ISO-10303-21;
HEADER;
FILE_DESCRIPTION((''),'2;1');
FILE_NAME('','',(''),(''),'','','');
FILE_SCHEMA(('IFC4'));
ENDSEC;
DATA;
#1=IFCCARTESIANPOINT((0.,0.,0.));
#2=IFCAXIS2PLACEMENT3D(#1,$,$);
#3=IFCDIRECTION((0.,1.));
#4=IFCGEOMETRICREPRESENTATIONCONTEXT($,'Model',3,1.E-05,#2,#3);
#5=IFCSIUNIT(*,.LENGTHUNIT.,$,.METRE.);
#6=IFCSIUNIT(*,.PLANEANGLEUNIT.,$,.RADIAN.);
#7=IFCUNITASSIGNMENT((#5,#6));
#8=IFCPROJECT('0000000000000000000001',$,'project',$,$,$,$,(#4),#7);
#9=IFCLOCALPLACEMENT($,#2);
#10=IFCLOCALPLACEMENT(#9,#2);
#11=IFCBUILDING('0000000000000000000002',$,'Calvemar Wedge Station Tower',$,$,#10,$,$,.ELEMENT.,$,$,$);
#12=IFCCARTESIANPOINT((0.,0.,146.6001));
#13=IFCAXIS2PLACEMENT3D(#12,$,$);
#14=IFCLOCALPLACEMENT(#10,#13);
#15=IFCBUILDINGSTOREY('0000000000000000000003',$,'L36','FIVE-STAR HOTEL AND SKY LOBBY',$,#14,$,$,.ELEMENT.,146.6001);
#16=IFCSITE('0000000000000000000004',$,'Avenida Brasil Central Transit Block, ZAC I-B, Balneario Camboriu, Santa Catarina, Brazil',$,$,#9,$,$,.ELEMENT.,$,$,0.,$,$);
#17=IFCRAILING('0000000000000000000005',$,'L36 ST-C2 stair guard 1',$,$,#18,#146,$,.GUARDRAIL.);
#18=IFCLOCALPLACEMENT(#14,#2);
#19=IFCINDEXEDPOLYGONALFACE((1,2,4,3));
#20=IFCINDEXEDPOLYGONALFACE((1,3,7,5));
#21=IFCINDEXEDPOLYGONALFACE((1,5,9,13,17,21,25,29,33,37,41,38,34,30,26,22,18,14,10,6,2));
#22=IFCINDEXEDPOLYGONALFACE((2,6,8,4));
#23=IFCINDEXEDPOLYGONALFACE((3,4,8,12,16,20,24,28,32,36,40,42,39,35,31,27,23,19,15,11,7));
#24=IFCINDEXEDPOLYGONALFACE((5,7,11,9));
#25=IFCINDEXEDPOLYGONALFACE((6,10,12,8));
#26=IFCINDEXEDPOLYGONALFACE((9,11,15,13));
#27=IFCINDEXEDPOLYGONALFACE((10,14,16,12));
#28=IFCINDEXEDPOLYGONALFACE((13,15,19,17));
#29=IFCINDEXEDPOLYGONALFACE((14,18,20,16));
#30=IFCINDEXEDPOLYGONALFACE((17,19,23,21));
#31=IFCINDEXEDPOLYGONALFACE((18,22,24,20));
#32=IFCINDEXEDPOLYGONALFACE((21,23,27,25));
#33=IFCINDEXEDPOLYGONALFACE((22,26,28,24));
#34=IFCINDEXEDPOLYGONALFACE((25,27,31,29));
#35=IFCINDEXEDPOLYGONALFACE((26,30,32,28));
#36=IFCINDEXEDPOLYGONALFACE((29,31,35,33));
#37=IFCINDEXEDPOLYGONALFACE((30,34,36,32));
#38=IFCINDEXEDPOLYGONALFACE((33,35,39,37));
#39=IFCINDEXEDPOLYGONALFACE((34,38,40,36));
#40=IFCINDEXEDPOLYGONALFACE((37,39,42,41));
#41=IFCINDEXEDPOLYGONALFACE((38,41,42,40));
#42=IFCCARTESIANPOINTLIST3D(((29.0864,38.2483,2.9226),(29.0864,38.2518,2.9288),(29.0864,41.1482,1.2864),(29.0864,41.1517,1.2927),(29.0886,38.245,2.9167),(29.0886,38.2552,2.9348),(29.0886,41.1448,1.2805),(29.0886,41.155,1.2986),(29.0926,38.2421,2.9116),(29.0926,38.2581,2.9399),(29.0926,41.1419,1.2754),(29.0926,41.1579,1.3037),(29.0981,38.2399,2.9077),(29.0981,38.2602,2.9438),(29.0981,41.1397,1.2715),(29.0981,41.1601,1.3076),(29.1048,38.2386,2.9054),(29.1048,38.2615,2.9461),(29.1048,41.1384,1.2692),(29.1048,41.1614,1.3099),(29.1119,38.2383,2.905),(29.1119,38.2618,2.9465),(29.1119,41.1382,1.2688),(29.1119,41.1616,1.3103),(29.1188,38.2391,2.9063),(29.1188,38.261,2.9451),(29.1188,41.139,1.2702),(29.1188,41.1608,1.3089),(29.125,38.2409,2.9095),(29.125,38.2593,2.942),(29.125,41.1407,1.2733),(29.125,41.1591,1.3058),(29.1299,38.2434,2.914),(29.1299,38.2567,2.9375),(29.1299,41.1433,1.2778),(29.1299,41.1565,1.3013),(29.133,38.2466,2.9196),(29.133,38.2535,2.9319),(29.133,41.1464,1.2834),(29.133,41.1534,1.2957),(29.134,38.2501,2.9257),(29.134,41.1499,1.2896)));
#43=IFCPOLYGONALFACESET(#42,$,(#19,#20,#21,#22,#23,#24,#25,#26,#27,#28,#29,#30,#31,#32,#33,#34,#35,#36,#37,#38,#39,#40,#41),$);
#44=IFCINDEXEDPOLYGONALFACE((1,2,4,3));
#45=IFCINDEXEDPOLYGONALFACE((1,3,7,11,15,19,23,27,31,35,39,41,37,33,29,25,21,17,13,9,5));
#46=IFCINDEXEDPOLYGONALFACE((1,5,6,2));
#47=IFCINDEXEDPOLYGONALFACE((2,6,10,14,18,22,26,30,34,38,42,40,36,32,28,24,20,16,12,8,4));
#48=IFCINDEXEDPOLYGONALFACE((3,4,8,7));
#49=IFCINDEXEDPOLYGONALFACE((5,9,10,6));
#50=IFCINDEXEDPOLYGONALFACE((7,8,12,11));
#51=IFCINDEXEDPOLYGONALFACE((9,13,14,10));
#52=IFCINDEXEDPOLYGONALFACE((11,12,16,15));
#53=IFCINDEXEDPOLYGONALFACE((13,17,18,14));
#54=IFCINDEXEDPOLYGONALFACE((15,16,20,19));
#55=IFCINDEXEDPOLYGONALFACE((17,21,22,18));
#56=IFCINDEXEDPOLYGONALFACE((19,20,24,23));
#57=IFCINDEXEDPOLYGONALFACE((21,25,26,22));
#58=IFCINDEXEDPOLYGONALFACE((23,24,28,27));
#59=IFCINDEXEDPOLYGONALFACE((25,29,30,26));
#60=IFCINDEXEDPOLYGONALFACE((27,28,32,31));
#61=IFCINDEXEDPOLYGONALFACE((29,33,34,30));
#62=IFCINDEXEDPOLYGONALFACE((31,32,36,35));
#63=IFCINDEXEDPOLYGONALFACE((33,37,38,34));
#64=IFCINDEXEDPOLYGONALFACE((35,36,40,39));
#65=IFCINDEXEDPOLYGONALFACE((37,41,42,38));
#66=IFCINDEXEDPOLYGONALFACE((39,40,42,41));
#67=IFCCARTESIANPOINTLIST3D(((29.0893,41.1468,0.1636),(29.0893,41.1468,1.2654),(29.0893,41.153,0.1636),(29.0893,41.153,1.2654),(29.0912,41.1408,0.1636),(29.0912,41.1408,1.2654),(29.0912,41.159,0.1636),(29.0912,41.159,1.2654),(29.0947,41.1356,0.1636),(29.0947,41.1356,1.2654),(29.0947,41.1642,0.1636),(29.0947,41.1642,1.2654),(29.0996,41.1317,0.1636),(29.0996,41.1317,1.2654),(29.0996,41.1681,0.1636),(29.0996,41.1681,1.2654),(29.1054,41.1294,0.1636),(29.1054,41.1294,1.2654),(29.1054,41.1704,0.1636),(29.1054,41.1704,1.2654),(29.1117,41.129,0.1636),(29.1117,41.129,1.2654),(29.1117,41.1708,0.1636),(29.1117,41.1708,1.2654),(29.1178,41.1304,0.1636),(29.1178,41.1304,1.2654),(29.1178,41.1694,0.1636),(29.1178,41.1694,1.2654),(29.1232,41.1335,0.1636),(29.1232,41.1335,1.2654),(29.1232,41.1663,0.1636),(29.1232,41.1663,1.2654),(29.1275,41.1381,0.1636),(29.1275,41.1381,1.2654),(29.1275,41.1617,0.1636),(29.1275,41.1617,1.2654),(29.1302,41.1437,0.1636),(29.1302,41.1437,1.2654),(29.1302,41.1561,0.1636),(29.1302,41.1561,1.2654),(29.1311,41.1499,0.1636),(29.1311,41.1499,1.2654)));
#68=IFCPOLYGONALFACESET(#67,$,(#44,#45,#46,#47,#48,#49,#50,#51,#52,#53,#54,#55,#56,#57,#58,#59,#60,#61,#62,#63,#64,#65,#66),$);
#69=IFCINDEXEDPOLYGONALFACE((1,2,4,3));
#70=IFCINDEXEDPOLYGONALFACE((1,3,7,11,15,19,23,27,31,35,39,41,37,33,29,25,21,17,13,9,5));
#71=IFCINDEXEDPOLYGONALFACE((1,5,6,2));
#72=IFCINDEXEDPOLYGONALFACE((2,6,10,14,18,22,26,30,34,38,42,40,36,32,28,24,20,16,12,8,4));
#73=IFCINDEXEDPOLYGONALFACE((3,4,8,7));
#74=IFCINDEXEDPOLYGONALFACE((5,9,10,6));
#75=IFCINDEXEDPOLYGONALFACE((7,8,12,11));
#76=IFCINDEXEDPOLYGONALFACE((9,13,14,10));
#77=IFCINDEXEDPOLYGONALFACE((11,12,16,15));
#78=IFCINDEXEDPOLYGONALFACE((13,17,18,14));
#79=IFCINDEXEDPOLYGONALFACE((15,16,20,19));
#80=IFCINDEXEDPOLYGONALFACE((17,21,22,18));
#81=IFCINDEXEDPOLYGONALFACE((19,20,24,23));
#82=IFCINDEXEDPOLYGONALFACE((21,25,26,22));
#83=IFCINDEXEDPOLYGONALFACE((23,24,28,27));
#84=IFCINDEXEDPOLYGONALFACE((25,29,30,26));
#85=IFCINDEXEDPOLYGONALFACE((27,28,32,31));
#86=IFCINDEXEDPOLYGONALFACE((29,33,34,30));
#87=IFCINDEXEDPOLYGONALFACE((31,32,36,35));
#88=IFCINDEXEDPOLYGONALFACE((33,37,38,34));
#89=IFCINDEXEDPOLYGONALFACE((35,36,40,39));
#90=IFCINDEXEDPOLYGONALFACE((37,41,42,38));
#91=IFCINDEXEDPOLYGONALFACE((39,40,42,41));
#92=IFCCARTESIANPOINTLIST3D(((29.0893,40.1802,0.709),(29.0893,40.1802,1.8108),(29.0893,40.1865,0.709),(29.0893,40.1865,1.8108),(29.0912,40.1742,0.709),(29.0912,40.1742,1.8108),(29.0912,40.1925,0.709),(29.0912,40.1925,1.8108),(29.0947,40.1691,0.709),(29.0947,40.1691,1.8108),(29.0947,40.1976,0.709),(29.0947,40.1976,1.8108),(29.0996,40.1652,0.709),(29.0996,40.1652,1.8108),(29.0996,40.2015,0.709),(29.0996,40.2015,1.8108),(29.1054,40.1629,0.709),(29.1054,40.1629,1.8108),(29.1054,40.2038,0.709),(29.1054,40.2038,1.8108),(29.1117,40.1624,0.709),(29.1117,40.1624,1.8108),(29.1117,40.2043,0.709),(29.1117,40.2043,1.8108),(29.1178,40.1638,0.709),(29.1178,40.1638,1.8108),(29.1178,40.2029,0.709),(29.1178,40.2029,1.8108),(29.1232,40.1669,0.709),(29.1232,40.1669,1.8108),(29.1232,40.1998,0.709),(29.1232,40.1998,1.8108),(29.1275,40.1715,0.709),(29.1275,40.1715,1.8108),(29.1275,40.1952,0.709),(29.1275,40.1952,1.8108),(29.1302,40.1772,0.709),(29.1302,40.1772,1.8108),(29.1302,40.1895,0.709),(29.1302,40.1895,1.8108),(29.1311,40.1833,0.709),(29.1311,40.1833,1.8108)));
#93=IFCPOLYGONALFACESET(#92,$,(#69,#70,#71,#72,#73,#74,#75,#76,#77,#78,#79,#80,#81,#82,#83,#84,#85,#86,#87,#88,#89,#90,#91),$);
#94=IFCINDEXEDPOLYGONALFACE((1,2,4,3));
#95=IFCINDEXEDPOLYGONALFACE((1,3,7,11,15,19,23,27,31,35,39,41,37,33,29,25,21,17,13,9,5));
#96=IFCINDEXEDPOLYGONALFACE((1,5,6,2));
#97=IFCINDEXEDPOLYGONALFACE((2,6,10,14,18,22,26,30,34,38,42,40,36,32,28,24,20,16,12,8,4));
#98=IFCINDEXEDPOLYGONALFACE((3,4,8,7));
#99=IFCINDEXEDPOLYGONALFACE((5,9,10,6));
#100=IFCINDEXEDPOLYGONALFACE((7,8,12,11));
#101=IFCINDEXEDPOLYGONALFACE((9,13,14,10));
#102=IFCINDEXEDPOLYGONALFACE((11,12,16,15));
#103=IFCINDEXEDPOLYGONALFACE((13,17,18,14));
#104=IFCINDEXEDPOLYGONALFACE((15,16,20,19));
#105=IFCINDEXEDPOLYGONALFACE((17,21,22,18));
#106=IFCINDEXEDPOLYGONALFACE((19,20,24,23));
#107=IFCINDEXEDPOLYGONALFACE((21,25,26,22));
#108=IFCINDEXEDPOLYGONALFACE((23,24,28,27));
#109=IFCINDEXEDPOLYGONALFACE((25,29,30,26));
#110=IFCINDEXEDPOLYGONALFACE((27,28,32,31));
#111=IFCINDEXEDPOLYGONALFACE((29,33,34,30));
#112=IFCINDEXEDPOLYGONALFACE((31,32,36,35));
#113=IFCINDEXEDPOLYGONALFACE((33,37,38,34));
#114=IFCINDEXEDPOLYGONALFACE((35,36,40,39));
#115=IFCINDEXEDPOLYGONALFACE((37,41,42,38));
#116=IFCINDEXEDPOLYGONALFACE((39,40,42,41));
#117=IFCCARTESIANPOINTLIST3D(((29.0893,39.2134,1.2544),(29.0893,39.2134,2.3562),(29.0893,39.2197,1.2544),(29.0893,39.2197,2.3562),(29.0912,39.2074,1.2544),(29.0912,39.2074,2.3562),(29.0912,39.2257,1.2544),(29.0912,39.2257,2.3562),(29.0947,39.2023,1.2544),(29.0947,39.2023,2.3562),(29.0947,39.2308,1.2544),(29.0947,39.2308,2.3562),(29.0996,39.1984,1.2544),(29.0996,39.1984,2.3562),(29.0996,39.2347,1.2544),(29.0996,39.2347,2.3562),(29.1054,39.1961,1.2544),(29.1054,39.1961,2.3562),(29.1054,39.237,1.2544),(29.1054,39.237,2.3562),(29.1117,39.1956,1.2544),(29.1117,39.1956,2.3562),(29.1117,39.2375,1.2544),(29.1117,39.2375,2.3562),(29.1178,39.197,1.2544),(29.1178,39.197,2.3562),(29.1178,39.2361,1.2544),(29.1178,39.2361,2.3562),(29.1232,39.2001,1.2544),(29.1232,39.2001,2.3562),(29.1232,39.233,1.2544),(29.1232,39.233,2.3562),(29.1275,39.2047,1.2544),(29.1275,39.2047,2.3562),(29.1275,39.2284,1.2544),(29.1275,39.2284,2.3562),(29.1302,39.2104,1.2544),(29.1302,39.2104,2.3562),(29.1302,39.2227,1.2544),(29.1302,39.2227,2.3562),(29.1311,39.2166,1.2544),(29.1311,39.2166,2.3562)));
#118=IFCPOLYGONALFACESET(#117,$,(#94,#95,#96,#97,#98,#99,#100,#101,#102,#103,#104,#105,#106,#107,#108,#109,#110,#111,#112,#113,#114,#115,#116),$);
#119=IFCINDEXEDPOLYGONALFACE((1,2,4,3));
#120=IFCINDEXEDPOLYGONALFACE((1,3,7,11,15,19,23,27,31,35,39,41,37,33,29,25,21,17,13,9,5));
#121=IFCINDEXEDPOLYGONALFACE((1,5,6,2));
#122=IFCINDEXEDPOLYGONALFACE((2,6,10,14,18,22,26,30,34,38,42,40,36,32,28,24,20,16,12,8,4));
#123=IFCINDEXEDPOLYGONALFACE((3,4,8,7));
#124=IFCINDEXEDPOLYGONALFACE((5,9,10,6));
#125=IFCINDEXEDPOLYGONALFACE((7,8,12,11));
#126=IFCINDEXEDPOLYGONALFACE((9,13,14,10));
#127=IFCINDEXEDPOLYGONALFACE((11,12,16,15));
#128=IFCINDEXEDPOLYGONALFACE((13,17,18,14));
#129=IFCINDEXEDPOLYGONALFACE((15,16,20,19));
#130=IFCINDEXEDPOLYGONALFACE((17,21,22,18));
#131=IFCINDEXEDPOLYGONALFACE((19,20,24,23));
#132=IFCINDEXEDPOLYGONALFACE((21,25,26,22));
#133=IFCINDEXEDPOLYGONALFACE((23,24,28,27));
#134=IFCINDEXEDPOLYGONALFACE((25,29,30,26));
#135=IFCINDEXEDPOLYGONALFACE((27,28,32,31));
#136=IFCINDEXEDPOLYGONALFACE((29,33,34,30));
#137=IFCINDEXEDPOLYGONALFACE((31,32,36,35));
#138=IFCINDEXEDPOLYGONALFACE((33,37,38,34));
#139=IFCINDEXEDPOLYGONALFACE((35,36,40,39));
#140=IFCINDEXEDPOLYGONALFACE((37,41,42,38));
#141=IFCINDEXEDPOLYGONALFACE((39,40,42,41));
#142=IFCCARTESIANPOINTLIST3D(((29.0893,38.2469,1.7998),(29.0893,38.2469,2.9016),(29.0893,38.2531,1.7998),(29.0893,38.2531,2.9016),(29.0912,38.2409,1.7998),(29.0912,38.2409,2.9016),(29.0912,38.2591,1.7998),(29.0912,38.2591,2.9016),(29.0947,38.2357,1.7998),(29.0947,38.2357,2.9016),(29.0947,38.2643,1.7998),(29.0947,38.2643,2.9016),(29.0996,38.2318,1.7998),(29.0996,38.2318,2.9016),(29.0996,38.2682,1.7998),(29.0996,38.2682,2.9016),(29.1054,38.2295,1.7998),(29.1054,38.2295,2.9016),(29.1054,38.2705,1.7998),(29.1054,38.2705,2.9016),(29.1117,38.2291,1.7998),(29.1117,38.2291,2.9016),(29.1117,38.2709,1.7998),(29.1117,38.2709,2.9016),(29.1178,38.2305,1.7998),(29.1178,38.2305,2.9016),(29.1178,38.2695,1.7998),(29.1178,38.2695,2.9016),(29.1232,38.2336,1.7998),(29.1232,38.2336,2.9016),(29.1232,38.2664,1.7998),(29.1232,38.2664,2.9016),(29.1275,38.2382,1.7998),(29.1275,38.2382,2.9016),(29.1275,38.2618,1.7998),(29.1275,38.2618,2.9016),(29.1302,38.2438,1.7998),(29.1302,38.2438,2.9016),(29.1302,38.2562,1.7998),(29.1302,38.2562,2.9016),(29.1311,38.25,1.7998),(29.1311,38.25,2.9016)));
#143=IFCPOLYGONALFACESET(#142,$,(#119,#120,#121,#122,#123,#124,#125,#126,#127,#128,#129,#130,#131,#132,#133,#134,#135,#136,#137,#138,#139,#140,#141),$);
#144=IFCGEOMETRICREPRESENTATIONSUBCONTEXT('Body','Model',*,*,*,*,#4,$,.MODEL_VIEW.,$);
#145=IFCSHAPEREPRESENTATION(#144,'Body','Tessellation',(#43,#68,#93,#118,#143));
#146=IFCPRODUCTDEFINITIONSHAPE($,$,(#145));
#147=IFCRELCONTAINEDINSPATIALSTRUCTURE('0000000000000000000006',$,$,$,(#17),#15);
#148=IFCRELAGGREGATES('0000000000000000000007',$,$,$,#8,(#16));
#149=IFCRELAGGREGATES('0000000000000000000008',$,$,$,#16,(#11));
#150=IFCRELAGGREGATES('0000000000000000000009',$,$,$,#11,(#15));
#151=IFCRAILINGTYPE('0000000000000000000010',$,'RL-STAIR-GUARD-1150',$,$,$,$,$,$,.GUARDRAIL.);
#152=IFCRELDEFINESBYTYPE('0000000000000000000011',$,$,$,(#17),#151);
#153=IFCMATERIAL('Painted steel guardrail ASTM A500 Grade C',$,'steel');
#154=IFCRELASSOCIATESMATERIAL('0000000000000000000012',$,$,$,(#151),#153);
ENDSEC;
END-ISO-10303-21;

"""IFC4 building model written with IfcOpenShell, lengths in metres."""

from ifc_helpers import new_model, si_unit, direction, frame, origin, origin_2d, place, context, subcontext, project, spatial, circle, extrude, material, type_object, element, save


model = new_model("IFC4")

# Units and contexts
model_context = context("Model", 3, precision=1e-05, world=origin(), true_north=direction((0.0, 1.0)))
body_context = subcontext(model_context, "Body", "Model", "MODEL_VIEW")
ifc_project = project(units=[si_unit("LENGTHUNIT", "METRE"), si_unit("PLANEANGLEUNIT", "RADIAN")], contexts=[model_context])

# Site, building, storey
site_placement = place(None, origin())
site = spatial("IfcSite", under=ifc_project, at=site_placement, Name="Avenida Brasil Central Transit Block, ZAC I-B, Balneario Camboriu, Santa Catarina, Brazil", CompositionType="ELEMENT", RefElevation=0.0)
building_placement = place(site_placement, origin())
building = spatial("IfcBuilding", under=site, at=building_placement, Name="Calvemar Wedge Station Tower", CompositionType="ELEMENT")
storey_placement = place(building_placement, frame((0.0, 0.0, 146.6001)))
storey = spatial("IfcBuildingStorey", under=building, at=storey_placement, Name="L36", Description="FIVE-STAR HOTEL AND SKY LOBBY", CompositionType="ELEMENT", Elevation=146.6001)

# Railing
ifc_material_1 = material(Name="Painted steel guardrail ASTM A500 Grade C", Category="steel")
railing_type = type_object("IfcRailingType", Name="RL-STAIR-GUARD-1150", PredefinedType="GUARDRAIL", material=ifc_material_1)
railing_1_placement = place(storey_placement, frame((29.1101, 41.1499, 0.1636)))
element("IfcRailing", 1, at=railing_1_placement, inside=storey, type_object=railing_type, Name="L36 ST-C2 stair guard 1", PredefinedType="GUARDRAIL", context=body_context, shape_type="SweptSolid", body=[
    extrude(circle(Radius=0.0239, at=origin_2d()), frame((0.0, 0.0, 1.126), z_axis=(0.0, -0.870929, 0.49141), x_axis=(1.0, 0.0, 0.0)), (0.0, 0.0, 1.0), 3.3296),
    extrude(circle(Radius=0.021, at=origin_2d()), origin(), (0.0, 0.0, 1.0), 1.1018),
    extrude(circle(Radius=0.021, at=origin_2d()), frame((0.0, -0.9666, 0.5454)), (0.0, 0.0, 1.0), 1.1018),
    extrude(circle(Radius=0.021, at=origin_2d()), frame((0.0, -1.9333, 1.0908)), (0.0, 0.0, 1.0), 1.1018),
    extrude(circle(Radius=0.021, at=origin_2d()), frame((0.0, -2.8999, 1.6362)), (0.0, 0.0, 1.0), 1.1018),
])

save(model, "model.ifc")
